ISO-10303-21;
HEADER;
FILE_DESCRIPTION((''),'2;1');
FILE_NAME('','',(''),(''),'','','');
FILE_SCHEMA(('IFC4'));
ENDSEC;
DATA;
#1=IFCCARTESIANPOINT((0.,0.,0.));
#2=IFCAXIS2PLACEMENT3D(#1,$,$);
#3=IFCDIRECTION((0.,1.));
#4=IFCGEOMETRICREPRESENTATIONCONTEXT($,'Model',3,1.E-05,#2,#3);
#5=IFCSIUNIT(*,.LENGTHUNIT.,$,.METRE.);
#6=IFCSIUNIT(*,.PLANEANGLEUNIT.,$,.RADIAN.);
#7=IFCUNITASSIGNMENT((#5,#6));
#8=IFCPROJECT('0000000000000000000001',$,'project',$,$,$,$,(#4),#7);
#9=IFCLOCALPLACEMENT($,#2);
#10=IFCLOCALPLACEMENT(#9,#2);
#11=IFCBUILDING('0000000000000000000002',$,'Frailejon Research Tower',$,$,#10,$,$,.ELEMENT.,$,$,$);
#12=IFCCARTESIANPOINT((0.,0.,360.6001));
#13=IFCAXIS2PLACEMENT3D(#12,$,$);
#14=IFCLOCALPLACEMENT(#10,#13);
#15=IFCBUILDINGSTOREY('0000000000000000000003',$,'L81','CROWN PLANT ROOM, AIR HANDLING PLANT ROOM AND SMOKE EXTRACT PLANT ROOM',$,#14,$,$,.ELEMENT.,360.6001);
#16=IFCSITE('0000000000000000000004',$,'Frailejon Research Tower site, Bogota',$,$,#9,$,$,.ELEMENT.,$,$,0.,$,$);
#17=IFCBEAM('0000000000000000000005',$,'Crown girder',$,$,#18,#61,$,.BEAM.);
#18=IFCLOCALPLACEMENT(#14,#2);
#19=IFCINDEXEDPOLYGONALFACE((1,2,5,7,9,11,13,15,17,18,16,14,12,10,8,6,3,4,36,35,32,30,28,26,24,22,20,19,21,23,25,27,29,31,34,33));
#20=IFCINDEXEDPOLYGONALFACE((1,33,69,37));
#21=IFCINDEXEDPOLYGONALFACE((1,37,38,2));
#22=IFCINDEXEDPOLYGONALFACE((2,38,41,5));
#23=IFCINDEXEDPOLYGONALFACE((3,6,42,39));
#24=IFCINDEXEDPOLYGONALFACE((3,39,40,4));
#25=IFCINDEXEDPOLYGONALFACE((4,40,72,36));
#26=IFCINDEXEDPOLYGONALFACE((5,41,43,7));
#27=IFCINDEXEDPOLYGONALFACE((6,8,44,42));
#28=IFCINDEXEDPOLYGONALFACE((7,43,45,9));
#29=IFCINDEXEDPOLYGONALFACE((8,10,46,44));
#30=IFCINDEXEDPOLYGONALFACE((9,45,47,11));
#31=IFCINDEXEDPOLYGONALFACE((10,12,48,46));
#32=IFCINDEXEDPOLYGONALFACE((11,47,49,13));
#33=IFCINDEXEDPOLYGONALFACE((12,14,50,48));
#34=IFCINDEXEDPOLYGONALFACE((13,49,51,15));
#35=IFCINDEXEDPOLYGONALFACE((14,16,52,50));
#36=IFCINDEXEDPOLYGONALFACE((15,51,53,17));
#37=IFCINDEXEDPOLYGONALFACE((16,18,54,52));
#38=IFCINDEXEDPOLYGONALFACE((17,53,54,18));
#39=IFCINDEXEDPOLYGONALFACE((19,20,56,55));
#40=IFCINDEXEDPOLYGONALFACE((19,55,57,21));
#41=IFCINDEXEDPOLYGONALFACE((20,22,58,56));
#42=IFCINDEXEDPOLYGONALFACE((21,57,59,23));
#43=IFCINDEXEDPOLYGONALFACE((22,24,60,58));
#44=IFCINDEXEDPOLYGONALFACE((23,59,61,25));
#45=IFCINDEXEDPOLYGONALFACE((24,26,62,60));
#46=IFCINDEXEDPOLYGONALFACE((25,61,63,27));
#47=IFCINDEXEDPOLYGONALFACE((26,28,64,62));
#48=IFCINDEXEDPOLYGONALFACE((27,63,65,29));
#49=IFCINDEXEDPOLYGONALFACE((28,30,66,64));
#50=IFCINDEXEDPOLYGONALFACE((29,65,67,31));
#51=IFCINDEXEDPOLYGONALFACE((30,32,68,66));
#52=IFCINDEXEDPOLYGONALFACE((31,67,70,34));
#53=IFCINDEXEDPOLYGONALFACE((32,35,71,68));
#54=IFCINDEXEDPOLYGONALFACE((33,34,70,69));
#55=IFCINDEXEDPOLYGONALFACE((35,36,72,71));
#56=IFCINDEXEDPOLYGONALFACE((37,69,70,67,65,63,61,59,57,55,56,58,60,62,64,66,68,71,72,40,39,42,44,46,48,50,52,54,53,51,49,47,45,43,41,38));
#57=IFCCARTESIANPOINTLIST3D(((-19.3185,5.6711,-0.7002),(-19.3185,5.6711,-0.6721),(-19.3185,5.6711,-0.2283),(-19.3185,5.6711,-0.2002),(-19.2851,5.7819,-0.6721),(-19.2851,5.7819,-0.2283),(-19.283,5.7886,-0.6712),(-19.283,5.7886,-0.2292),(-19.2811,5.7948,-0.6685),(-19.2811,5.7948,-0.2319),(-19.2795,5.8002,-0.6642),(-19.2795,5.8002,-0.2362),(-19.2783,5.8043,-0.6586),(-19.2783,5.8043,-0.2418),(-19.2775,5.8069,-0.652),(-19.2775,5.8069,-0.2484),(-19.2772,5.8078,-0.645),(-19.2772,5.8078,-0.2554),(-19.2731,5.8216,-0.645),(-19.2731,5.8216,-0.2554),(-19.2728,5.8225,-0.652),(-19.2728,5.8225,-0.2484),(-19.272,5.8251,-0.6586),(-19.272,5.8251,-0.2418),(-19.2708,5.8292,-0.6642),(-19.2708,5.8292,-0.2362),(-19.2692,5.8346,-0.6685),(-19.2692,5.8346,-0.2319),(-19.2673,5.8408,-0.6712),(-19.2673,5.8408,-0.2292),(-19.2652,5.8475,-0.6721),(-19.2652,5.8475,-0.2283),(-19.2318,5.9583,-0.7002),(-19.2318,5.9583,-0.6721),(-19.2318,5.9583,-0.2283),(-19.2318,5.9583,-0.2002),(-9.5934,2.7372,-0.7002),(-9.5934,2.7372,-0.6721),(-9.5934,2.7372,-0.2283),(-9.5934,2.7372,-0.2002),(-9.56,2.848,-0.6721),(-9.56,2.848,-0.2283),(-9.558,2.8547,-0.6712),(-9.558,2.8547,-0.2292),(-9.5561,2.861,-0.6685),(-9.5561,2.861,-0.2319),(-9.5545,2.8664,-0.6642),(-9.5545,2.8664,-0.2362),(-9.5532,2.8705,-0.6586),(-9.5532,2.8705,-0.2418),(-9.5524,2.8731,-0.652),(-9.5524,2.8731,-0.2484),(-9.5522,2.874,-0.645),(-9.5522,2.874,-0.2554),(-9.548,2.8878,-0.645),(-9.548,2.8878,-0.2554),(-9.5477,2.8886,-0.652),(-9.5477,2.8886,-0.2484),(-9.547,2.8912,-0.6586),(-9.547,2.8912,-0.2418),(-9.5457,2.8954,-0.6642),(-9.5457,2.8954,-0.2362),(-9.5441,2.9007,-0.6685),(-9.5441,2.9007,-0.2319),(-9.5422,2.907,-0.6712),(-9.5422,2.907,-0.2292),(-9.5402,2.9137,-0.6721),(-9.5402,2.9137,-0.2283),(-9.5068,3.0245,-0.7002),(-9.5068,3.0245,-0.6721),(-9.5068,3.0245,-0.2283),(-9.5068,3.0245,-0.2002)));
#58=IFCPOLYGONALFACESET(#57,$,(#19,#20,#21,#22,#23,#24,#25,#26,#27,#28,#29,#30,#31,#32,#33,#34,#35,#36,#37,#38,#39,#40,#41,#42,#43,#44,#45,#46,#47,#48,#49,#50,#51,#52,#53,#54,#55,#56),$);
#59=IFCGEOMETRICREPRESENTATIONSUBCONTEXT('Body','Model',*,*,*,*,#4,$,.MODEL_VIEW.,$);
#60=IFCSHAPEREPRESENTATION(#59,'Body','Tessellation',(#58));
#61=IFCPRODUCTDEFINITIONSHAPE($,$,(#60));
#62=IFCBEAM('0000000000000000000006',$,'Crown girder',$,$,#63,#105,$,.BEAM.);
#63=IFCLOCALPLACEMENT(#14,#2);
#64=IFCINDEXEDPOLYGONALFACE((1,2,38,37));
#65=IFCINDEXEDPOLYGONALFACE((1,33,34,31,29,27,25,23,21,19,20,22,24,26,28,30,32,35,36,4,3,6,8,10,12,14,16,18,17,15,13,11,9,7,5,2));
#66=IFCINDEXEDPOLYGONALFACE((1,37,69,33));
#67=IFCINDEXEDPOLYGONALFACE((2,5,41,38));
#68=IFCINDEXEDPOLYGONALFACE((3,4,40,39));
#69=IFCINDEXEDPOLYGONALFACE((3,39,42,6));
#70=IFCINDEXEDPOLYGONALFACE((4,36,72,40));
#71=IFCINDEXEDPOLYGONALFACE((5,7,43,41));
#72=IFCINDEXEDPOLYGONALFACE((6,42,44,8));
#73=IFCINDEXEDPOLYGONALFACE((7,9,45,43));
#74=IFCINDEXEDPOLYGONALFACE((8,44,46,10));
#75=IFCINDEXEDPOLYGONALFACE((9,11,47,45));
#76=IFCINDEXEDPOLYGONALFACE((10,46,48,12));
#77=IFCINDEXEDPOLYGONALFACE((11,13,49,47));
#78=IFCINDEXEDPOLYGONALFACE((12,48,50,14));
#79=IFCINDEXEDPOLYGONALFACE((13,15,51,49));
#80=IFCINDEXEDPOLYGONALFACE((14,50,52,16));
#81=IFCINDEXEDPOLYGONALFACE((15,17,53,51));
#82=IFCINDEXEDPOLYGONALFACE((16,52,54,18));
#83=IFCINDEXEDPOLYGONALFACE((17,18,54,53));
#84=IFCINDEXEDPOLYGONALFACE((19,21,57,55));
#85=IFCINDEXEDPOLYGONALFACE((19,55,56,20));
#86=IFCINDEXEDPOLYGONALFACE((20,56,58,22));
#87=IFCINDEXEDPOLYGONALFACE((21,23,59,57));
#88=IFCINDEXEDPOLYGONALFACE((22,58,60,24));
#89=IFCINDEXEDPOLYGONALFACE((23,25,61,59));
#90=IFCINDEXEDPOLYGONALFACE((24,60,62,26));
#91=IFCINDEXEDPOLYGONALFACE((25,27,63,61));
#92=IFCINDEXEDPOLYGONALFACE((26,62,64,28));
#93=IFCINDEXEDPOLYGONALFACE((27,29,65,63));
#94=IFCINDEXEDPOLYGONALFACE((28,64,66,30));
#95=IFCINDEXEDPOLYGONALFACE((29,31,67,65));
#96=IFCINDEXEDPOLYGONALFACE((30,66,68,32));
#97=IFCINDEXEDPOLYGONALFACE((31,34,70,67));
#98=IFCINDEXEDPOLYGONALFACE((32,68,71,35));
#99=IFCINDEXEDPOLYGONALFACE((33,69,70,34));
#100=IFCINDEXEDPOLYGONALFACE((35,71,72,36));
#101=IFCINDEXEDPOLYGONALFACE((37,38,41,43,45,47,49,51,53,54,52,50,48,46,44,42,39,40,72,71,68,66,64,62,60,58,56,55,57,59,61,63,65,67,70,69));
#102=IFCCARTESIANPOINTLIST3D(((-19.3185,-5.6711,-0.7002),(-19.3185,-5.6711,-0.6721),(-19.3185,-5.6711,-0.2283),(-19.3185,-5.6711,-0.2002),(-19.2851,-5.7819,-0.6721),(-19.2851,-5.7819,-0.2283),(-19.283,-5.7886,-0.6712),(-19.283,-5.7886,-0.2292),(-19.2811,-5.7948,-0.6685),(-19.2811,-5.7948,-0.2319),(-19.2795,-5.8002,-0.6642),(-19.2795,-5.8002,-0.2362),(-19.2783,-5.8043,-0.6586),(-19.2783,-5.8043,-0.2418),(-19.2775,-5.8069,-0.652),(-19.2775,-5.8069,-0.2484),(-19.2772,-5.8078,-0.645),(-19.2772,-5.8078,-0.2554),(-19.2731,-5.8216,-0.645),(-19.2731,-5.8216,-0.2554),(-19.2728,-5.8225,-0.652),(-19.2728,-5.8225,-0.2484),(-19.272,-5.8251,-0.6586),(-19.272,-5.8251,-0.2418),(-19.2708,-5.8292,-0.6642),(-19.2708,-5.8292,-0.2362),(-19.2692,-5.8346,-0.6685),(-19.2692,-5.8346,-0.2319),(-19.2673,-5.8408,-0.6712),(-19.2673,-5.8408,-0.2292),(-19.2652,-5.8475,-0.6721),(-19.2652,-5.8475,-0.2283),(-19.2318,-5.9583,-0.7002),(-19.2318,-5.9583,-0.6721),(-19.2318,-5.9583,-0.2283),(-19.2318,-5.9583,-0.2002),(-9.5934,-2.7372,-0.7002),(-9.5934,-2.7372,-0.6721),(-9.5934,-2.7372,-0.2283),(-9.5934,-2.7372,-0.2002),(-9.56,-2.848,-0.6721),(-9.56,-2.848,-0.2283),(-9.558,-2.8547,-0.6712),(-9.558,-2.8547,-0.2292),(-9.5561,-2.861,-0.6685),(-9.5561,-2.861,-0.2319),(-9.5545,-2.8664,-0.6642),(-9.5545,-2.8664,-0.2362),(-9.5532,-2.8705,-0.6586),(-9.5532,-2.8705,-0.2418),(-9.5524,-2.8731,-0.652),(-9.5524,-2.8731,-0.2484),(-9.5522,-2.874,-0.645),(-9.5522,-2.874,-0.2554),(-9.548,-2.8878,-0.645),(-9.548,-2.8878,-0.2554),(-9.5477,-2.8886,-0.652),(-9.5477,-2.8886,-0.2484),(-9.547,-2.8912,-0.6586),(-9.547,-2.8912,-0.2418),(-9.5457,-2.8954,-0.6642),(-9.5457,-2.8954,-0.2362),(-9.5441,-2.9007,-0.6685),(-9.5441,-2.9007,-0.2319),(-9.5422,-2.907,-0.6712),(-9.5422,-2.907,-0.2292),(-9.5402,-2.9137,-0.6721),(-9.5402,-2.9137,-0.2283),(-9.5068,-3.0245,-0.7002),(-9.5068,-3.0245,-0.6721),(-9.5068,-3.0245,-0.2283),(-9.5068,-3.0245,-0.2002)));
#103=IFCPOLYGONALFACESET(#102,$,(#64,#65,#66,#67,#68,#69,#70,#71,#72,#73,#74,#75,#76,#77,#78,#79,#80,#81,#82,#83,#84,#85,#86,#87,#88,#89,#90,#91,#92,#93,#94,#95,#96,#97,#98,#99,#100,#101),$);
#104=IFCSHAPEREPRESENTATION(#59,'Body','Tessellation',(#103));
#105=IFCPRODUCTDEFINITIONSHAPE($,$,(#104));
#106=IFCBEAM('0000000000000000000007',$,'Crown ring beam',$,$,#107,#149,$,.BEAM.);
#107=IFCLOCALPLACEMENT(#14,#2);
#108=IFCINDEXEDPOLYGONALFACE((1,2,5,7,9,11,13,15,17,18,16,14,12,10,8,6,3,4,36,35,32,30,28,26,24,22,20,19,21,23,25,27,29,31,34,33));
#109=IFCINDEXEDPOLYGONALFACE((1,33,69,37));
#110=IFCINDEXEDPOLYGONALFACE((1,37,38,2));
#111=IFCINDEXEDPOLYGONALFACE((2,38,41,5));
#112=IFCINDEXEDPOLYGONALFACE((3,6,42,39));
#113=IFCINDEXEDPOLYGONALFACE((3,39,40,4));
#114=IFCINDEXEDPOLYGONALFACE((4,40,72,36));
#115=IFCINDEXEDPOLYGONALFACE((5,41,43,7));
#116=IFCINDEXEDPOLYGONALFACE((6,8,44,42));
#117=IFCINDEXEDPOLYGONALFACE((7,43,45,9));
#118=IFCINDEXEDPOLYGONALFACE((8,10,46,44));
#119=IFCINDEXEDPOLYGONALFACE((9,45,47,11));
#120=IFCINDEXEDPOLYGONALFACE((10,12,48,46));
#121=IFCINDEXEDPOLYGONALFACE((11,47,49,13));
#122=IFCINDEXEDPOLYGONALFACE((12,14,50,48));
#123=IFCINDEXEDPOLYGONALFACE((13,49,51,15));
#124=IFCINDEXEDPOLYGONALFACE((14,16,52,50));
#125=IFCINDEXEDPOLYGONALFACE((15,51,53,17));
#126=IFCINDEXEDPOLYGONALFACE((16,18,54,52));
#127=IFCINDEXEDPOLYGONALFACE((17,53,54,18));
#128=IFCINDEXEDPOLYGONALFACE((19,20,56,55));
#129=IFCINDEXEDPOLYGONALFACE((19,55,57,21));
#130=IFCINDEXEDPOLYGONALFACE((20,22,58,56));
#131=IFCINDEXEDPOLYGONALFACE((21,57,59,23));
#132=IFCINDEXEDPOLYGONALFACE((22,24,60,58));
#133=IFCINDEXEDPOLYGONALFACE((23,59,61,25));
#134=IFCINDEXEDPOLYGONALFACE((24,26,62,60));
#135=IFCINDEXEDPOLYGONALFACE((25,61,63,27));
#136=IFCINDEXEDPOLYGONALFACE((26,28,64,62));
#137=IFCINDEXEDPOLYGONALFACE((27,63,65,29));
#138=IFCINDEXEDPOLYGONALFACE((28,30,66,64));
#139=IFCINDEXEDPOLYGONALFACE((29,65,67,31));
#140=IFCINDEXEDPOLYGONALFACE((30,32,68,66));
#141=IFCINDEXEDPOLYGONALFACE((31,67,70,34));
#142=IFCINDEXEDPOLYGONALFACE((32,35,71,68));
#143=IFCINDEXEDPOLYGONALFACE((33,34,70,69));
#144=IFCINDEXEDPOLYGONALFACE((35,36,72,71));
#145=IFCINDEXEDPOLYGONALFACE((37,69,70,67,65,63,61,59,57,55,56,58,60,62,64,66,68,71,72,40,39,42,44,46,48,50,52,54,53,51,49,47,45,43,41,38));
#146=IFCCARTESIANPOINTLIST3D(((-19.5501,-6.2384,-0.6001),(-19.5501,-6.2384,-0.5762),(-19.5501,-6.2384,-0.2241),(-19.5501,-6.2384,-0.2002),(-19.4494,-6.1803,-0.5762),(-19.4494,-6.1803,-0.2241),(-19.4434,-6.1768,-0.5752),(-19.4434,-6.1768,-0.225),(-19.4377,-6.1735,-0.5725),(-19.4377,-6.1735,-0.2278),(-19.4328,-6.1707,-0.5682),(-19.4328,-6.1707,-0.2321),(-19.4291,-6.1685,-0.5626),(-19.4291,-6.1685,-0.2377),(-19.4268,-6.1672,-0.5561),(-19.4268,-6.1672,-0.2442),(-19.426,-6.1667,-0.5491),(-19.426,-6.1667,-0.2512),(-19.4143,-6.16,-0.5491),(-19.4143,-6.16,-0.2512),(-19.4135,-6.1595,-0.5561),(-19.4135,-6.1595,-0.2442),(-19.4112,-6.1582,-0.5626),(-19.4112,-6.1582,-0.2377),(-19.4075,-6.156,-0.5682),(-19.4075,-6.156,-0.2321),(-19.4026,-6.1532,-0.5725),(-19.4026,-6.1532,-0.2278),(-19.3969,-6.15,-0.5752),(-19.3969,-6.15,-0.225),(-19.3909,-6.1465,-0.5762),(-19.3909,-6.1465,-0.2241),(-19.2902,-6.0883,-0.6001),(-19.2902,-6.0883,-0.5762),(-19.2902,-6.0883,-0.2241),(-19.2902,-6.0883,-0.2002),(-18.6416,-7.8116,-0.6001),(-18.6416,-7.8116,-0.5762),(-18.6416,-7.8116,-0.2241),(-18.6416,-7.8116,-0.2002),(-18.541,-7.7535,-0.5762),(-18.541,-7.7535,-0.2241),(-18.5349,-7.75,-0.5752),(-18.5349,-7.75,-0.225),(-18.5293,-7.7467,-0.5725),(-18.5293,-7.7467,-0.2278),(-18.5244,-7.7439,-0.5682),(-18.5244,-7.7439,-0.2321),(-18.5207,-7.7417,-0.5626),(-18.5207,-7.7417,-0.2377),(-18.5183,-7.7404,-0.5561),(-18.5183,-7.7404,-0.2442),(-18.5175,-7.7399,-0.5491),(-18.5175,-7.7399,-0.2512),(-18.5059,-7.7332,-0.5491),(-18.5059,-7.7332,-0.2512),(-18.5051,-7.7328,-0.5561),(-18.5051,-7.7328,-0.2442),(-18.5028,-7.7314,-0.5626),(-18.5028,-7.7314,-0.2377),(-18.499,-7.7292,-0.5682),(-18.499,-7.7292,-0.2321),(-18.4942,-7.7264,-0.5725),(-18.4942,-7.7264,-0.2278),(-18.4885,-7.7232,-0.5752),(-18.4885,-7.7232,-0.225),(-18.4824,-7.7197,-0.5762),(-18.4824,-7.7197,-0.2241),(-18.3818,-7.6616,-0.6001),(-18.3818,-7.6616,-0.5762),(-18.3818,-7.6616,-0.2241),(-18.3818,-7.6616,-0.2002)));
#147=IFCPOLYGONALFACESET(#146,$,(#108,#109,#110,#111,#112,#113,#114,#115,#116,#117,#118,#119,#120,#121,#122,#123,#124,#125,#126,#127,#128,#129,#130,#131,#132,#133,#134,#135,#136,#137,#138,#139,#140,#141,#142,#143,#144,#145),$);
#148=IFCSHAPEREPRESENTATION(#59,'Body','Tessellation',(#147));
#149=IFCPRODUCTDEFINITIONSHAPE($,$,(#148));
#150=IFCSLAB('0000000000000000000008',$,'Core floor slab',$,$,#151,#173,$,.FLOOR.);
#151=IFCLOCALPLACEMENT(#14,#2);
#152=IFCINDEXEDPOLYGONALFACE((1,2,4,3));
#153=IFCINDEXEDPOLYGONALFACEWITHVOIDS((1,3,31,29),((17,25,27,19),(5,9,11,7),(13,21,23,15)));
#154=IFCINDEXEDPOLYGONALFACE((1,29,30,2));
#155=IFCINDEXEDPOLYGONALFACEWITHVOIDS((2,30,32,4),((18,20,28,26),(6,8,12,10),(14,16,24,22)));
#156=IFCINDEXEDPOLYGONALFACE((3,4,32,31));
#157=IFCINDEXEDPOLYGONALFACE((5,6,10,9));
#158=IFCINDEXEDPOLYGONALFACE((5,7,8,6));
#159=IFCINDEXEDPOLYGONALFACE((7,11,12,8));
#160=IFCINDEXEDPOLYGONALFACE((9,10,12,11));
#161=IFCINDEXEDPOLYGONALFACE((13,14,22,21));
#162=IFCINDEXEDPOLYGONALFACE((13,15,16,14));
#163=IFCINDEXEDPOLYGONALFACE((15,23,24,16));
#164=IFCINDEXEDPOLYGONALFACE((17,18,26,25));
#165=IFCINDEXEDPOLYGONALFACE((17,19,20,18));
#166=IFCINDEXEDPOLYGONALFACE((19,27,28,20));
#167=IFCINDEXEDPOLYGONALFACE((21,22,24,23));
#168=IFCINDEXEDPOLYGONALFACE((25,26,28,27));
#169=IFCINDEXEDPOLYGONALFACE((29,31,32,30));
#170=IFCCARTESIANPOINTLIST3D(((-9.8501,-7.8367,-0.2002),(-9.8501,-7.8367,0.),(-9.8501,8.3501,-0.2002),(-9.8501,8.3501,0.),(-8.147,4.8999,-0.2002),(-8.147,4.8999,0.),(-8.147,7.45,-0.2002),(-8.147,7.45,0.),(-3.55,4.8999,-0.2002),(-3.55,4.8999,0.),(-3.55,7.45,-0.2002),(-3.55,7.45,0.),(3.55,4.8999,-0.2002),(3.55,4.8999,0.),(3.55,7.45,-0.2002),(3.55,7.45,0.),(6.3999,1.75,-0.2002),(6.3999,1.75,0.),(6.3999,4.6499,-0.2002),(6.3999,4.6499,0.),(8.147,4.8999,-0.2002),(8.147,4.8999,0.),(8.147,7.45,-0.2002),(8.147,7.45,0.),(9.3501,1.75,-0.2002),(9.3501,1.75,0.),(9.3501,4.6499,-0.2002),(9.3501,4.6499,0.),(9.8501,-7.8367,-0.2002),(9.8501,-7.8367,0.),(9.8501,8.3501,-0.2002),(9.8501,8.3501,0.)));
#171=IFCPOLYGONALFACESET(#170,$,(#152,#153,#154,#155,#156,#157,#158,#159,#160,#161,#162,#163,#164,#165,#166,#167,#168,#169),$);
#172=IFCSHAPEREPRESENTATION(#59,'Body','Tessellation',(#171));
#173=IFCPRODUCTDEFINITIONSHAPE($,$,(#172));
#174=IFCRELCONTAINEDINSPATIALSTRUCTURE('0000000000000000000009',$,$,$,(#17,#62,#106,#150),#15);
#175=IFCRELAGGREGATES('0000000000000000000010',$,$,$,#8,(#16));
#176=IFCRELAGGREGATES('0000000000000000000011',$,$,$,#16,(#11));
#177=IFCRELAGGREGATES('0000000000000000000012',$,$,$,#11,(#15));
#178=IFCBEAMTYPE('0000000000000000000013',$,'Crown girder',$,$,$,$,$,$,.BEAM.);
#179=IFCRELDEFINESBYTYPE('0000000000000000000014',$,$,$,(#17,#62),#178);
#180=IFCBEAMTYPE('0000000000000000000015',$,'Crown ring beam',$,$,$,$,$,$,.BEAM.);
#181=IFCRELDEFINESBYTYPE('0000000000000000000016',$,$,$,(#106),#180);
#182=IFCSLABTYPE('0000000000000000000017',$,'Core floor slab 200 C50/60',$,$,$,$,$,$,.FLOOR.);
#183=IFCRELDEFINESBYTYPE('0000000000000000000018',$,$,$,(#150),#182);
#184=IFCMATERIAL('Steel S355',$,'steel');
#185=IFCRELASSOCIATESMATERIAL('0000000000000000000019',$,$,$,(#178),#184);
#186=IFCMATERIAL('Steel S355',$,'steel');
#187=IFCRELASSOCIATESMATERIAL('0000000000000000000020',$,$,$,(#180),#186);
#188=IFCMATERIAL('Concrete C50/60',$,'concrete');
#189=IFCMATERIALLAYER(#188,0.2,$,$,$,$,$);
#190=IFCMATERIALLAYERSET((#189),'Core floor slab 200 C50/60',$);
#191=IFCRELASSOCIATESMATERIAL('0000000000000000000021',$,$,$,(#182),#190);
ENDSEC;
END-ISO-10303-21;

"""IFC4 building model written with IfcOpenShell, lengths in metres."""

from ifc_helpers import new_model, si_unit, direction, frame, origin, origin_2d, place, context, subcontext, project, spatial, polyline, i_section, outline, extrude, material, layer, layer_set, material_profile, profile_set, type_object, element, save


model = new_model("IFC4")

# Units and contexts
model_context = context("Model", 3, precision=1e-05, world=origin(), true_north=direction((0.0, 1.0)))
body_context = subcontext(model_context, "Body", "Model", "MODEL_VIEW")
ifc_project = project(units=[si_unit("LENGTHUNIT", "METRE"), si_unit("PLANEANGLEUNIT", "RADIAN")], contexts=[model_context])

# Site, building, storey
site_placement = place(None, origin())
site = spatial("IfcSite", under=ifc_project, at=site_placement, Name="Frailejon Research Tower site, Bogota", CompositionType="ELEMENT", RefElevation=0.0)
building_placement = place(site_placement, origin())
building = spatial("IfcBuilding", under=site, at=building_placement, Name="Frailejon Research Tower", CompositionType="ELEMENT")
storey_placement = place(building_placement, frame((0.0, 0.0, 360.6001)))
storey = spatial("IfcBuildingStorey", under=building, at=storey_placement, Name="L81", Description="CROWN PLANT ROOM, AIR HANDLING PLANT ROOM AND SMOKE EXTRACT PLANT ROOM", CompositionType="ELEMENT", Elevation=360.6001)

# Beams
ifc_material_1 = material(Name="Steel S355", Category="steel")
ifc_material_profile_1 = material_profile(ifc_material_1, i_section(OverallWidth=0.3, OverallDepth=0.5, WebThickness=0.0144, FlangeThickness=0.0281, FilletRadius=0.0271, at=origin_2d()), Name="HE 500 B")
ifc_profile_set_1 = profile_set([ifc_material_profile_1], Name="Steel S355")
beam_type_1 = type_object("IfcBeamType", Name="Crown girder", PredefinedType="BEAM", material=ifc_profile_set_1)
for number, where, z_axis, x_axis, name in (
    (1, (-19.2751, 5.8147, -0.4502), (0.957383, -0.28882, 0.0), (0.28882, 0.957383, 0.0), "Crown girder"),
    (2, (-19.2751, -5.8147, -0.4502), (0.957383, 0.28882, 0.0), (-0.28882, 0.957383, 0.0), "Crown girder"),
):
    element("IfcBeam", number, at=place(storey_placement, frame(where, z_axis=z_axis, x_axis=x_axis)), inside=storey, type_object=beam_type_1, Name=name, PredefinedType="BEAM", context=body_context, shape_type="SweptSolid", body=[
        extrude(i_section(OverallWidth=0.3, OverallDepth=0.5, WebThickness=0.0144, FlangeThickness=0.0281, FilletRadius=0.0271, at=origin_2d()), origin(), (0.0, 0.0, 1.0), 10.158),
    ])
ifc_material_2 = material(Name="Steel S355", Category="steel")
ifc_material_profile_2 = material_profile(ifc_material_2, i_section(OverallWidth=0.3, OverallDepth=0.3999, WebThickness=0.0134, FlangeThickness=0.0239, FilletRadius=0.0271, at=origin_2d()), Name="HE 400 B")
ifc_profile_set_2 = profile_set([ifc_material_profile_2], Name="Steel S355")
beam_type_2 = type_object("IfcBeamType", Name="Crown ring beam", PredefinedType="BEAM", material=ifc_profile_set_2)
beam_placement = place(storey_placement, frame((-18.5117, -7.7366, -0.4001), z_axis=(-0.500056, 0.865993, 0.0), x_axis=(-0.865993, -0.500056, 0.0)))
element("IfcBeam", 3, at=beam_placement, inside=storey, type_object=beam_type_2, Name="Crown ring beam", PredefinedType="BEAM", context=body_context, shape_type="SweptSolid", body=[
    extrude(i_section(OverallWidth=0.3, OverallDepth=0.3999, WebThickness=0.0134, FlangeThickness=0.0239, FilletRadius=0.0271, at=origin_2d()), origin(), (0.0, 0.0, 1.0), 1.8167),
])

# Slab
ifc_material_3 = material(Name="Concrete C50/60", Category="concrete")
ifc_layer_1 = layer(ifc_material_3, 0.2)
ifc_layer_set_1 = layer_set([ifc_layer_1], Name="Core floor slab 200 C50/60")
slab_type_1 = type_object("IfcSlabType", Name="Core floor slab 200 C50/60", PredefinedType="FLOOR", material=ifc_layer_set_1)
slab_1_placement = place(storey_placement, frame((0.0, 0.0, -0.2002)))
element("IfcSlab", 4, at=slab_1_placement, inside=storey, type_object=slab_type_1, Name="Core floor slab", PredefinedType="FLOOR", context=body_context, shape_type="SweptSolid", body=[
    extrude(outline(polyline([(-9.8501, 8.3501), (9.8501, 8.3501), (9.8501, -7.8367), (-9.8501, -7.8367), (-9.8501, 8.3501)]), holes=[polyline([(9.3501, 1.75), (9.3501, 4.6499), (6.3999, 4.6499), (6.3999, 1.75), (9.3501, 1.75)]), polyline([(-8.147, 4.8999), (-3.55, 4.8999), (-3.55, 7.45), (-8.147, 7.45), (-8.147, 4.8999)]), polyline([(8.147, 7.45), (3.55, 7.45), (3.55, 4.8999), (8.147, 4.8999), (8.147, 7.45)])]), origin(), (0.0, 0.0, 1.0), 0.2002),
])

save(model, "model.ifc")
